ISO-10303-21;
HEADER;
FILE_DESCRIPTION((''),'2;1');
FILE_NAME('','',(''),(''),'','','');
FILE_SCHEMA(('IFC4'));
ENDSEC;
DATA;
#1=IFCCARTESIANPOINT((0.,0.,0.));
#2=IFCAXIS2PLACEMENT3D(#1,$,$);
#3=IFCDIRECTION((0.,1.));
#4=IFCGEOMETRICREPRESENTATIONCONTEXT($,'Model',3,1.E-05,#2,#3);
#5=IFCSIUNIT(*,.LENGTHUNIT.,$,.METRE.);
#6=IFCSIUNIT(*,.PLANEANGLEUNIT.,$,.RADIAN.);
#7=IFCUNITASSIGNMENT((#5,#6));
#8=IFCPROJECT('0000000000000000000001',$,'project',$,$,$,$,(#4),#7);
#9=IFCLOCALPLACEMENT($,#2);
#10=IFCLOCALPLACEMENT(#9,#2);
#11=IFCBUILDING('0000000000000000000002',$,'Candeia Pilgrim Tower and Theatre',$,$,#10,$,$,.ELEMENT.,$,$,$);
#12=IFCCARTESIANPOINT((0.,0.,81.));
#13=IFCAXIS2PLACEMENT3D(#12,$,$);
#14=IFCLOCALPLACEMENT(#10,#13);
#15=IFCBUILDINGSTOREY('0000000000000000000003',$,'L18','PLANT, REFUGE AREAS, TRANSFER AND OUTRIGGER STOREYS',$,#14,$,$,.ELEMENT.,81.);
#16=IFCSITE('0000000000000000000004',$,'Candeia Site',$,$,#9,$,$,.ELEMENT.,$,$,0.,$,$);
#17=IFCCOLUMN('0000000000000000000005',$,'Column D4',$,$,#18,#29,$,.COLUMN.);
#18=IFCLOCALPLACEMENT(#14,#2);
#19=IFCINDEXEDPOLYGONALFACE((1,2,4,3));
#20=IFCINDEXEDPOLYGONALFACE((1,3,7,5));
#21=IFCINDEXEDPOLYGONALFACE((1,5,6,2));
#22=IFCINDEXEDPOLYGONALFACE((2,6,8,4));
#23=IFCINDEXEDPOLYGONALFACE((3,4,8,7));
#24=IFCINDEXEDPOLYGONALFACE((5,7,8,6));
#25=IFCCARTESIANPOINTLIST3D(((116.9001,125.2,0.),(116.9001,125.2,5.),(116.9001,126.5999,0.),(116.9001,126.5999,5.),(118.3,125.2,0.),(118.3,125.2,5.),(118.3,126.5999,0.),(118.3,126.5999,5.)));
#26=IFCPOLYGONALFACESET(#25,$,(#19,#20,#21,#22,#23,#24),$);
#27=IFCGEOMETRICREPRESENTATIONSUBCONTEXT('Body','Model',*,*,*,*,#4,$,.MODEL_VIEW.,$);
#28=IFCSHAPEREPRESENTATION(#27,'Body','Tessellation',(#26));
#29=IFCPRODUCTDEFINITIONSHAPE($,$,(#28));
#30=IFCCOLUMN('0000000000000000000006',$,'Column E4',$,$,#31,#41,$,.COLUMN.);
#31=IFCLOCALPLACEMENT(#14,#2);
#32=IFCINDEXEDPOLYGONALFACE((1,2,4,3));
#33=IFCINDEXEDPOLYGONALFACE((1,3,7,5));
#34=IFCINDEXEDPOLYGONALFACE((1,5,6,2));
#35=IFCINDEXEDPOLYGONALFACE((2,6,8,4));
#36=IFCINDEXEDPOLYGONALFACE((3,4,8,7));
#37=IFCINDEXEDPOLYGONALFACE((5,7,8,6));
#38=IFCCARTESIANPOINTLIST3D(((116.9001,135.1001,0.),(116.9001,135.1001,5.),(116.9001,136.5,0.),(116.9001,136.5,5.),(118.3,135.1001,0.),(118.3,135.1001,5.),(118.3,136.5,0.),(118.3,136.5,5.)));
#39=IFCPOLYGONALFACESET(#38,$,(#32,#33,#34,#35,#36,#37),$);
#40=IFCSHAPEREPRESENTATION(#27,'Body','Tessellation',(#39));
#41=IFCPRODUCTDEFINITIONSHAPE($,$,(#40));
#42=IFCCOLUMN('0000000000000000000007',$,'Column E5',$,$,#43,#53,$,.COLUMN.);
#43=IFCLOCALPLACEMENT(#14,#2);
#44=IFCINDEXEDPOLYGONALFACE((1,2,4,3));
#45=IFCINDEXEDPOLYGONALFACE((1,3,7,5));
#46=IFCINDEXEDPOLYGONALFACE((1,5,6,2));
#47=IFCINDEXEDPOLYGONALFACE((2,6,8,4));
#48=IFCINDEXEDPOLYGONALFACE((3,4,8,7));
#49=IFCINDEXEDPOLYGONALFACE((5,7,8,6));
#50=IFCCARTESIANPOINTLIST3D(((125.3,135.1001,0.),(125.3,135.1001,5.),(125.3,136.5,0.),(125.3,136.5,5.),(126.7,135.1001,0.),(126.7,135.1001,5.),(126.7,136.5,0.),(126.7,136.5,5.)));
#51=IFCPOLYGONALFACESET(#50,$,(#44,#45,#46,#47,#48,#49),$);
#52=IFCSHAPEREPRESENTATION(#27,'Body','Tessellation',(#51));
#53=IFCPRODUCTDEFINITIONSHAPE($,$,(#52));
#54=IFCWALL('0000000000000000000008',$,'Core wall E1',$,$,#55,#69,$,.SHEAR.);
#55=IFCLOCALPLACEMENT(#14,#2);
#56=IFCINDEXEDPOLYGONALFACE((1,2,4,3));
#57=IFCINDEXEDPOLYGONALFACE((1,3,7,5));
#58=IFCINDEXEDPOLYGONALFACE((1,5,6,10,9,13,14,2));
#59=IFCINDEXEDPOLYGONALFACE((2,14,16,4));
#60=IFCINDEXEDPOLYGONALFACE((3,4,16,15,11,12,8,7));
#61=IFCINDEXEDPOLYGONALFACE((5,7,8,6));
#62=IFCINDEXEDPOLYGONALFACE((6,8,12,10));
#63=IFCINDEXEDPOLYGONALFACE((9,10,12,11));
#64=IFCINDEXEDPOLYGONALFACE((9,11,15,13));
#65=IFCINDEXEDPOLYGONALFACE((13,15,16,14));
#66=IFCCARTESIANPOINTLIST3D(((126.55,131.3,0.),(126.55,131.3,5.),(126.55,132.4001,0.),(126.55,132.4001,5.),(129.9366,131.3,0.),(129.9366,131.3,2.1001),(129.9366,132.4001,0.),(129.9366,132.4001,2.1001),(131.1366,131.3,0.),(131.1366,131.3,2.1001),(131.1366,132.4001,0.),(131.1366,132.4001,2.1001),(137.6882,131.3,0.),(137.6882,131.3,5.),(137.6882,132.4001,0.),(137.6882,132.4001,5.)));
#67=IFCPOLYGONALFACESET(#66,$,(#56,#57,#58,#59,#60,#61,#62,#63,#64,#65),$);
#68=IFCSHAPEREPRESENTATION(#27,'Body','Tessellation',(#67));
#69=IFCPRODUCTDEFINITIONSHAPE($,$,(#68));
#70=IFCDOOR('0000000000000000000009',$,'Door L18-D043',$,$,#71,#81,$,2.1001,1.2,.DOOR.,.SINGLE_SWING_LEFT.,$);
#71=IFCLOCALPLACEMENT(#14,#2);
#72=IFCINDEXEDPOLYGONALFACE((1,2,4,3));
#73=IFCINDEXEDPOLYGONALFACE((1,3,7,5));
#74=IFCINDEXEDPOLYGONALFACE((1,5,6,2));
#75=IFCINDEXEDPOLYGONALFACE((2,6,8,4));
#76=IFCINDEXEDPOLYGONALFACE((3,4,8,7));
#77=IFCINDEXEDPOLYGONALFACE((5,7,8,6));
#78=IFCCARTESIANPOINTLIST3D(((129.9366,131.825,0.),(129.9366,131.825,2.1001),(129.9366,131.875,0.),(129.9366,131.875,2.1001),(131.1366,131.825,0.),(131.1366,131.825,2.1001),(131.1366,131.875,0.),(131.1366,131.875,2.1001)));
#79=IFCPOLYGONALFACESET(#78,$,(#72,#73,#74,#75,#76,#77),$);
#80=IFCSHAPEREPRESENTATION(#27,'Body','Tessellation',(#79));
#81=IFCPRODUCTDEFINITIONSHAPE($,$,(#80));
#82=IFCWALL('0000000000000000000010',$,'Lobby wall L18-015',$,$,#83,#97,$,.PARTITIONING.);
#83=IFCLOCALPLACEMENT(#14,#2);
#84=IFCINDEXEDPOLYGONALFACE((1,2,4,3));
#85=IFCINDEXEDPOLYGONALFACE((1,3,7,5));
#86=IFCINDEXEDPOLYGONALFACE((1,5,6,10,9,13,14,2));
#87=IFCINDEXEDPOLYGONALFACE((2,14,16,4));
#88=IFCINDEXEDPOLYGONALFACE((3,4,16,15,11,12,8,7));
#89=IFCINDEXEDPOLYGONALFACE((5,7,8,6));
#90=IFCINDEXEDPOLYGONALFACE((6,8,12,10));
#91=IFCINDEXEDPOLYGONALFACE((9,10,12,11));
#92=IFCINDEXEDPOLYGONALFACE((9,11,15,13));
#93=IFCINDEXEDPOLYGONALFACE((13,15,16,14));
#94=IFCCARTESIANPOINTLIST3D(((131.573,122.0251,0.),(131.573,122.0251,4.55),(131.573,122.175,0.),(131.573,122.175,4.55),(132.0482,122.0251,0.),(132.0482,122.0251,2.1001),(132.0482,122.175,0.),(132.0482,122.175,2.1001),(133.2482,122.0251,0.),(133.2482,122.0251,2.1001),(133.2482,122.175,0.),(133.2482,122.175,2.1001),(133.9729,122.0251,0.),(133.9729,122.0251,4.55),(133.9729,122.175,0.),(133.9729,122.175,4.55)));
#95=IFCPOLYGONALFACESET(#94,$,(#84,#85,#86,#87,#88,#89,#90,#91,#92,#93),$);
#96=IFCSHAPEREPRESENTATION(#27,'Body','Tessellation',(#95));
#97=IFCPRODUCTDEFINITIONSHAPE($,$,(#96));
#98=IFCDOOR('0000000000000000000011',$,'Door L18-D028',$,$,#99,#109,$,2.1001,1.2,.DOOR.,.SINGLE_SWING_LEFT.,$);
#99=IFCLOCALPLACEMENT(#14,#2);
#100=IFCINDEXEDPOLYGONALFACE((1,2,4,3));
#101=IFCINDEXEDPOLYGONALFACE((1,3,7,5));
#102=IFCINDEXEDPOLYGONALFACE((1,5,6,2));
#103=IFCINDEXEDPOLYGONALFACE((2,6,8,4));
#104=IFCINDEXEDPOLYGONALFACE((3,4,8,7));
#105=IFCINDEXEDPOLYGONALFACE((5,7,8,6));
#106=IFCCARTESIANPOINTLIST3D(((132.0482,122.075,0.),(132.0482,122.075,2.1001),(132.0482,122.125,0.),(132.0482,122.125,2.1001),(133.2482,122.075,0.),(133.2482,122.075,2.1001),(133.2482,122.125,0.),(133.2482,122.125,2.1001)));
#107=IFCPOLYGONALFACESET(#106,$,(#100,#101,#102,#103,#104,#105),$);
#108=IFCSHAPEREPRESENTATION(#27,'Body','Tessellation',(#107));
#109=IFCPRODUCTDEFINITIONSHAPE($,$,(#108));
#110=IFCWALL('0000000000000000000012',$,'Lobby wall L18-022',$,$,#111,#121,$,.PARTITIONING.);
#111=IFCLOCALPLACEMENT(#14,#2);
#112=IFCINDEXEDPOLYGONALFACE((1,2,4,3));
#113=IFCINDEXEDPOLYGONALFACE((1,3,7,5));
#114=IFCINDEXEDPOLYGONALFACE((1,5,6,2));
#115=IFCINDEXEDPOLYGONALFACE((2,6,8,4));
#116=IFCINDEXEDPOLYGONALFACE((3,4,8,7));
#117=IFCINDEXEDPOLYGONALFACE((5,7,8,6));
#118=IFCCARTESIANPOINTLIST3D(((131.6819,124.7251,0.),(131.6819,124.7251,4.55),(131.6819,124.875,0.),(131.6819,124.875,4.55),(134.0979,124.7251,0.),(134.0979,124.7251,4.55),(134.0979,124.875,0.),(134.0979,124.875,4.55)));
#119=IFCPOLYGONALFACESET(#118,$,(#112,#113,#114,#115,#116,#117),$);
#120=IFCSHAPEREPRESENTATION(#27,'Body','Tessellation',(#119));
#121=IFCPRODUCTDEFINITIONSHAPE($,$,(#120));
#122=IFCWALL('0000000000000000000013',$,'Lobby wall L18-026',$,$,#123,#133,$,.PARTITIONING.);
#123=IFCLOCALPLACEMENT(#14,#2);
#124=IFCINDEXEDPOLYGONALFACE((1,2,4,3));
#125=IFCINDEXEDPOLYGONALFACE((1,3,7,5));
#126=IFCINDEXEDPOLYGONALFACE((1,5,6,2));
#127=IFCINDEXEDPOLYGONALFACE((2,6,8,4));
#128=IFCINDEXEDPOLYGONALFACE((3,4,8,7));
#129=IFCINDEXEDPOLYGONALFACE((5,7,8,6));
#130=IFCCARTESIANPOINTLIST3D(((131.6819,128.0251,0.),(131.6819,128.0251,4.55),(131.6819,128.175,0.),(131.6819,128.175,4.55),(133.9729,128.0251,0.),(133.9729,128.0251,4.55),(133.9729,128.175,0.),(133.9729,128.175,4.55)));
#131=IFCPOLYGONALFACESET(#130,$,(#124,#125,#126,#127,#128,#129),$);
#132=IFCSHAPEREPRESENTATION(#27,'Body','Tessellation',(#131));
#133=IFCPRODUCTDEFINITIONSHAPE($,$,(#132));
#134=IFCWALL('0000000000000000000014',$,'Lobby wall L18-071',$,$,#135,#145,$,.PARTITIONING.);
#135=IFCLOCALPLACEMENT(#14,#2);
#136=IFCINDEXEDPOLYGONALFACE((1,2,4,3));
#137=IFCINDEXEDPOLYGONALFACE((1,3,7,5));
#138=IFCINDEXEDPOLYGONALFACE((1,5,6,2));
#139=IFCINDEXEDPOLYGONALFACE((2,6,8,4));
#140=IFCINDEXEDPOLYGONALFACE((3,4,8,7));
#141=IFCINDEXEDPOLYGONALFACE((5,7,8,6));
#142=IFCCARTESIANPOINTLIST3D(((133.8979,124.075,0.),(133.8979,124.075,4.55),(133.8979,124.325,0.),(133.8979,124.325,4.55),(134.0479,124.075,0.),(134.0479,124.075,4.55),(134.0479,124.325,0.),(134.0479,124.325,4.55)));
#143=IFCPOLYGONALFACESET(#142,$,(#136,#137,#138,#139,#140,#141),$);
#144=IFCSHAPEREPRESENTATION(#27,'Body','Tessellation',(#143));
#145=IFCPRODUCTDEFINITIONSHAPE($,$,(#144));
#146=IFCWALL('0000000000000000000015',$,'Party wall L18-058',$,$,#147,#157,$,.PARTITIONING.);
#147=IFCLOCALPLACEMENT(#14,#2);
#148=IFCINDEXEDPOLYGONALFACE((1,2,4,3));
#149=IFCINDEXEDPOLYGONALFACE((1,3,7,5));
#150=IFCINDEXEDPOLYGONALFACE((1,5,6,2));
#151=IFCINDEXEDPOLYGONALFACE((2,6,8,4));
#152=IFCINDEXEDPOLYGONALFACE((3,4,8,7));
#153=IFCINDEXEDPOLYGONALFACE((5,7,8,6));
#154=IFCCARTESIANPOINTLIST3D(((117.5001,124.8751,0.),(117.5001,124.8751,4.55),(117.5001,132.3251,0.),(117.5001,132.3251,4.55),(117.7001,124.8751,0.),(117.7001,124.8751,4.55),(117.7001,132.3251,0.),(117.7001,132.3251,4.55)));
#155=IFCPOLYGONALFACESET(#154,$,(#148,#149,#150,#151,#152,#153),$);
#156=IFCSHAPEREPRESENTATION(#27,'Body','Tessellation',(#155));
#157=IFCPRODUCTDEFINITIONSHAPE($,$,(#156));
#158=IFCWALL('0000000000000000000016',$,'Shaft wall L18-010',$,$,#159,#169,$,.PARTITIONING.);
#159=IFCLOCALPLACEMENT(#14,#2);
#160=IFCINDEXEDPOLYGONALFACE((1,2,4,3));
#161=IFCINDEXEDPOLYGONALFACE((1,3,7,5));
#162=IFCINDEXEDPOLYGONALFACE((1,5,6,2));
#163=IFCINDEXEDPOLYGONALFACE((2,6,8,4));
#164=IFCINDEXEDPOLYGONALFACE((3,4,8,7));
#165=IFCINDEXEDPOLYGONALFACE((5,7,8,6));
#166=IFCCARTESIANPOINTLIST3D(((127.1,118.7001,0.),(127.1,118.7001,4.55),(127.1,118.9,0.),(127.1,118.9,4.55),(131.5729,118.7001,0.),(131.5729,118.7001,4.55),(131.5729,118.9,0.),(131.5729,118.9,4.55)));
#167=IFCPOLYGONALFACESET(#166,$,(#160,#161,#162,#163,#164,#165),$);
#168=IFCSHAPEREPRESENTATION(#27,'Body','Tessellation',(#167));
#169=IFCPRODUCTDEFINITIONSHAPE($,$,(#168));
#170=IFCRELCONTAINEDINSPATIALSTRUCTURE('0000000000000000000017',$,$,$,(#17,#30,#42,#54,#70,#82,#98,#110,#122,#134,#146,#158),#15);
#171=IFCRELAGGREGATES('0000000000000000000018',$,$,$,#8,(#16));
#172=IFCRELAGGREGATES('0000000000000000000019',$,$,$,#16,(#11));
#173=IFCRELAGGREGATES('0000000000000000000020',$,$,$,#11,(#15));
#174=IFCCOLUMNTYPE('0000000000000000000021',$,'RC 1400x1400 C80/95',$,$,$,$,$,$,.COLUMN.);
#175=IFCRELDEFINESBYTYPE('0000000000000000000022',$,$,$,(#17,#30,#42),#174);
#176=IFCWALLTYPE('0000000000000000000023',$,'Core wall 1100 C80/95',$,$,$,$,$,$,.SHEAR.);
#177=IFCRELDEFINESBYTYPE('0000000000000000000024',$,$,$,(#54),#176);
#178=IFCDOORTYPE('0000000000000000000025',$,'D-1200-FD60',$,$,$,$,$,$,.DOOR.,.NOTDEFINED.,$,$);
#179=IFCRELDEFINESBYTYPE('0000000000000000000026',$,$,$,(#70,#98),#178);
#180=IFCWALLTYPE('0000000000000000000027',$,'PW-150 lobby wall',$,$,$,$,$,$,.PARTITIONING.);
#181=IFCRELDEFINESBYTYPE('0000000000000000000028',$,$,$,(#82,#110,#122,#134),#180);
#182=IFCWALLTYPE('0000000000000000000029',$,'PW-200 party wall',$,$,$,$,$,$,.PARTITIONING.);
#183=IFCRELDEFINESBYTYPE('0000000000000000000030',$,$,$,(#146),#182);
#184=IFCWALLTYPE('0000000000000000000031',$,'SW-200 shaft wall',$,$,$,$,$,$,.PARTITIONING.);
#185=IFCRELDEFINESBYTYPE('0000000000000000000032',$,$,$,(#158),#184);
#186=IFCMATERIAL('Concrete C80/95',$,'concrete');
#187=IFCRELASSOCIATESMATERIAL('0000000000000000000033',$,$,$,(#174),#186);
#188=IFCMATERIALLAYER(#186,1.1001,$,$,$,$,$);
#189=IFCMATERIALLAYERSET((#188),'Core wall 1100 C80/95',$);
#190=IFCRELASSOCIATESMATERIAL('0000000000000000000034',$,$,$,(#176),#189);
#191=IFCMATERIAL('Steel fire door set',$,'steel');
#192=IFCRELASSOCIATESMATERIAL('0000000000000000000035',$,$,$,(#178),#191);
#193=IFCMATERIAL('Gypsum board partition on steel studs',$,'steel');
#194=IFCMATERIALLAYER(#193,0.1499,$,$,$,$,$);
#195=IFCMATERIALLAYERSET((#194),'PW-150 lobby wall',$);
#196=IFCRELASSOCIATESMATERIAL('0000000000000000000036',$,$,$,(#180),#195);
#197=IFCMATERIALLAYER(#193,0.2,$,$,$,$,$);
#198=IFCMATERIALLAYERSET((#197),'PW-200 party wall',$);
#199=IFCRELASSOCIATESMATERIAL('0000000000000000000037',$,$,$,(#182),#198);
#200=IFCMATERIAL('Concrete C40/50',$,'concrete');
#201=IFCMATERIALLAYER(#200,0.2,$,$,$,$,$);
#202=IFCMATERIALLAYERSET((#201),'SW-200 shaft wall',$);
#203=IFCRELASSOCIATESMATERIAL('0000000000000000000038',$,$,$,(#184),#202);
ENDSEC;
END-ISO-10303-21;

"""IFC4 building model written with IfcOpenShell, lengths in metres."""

from ifc_helpers import new_model, si_unit, direction, frame, frame_2d, origin, origin_2d, place, context, subcontext, project, spatial, rectangle, extrude, material, layer, layer_set, material_profile, profile_set, type_object, element, fill, save


model = new_model("IFC4")

# Units and contexts
model_context = context("Model", 3, precision=1e-05, world=origin(), true_north=direction((0.0, 1.0)))
body_context = subcontext(model_context, "Body", "Model", "MODEL_VIEW")
ifc_project = project(units=[si_unit("LENGTHUNIT", "METRE"), si_unit("PLANEANGLEUNIT", "RADIAN")], contexts=[model_context])

# Site, building, storey
site_placement = place(None, origin())
site = spatial("IfcSite", under=ifc_project, at=site_placement, Name="Candeia Site", CompositionType="ELEMENT", RefElevation=0.0)
building_placement = place(site_placement, origin())
building = spatial("IfcBuilding", under=site, at=building_placement, Name="Candeia Pilgrim Tower and Theatre", CompositionType="ELEMENT")
storey_placement = place(building_placement, frame((0.0, 0.0, 81.0)))
storey = spatial("IfcBuildingStorey", under=building, at=storey_placement, Name="L18", Description="PLANT, REFUGE AREAS, TRANSFER AND OUTRIGGER STOREYS", CompositionType="ELEMENT", Elevation=81.0)

# Columns
ifc_material_1 = material(Name="Concrete C80/95", Category="concrete")
ifc_material_profile = material_profile(ifc_material_1, rectangle(XDim=1.3999, YDim=1.3999, at=origin_2d()))
ifc_profile_set = profile_set([ifc_material_profile], Name="Concrete C80/95")
column_type = type_object("IfcColumnType", Name="RC 1400x1400 C80/95", PredefinedType="COLUMN", material=ifc_profile_set)
for number, where, z_axis, x_axis, name in (
    (1, (117.6001, 125.8999, 0.0), (0.0, 0.0, 1.0), (1.0, 0.0, 0.0), "Column D4"),
    (2, (117.6001, 135.8, 0.0), (0.0, 0.0, 1.0), (1.0, 0.0, 0.0), "Column E4"),
    (3, (126.0, 135.8, 0.0), (0.0, 0.0, 1.0), (1.0, 0.0, 0.0), "Column E5"),
):
    element("IfcColumn", number, at=place(storey_placement, frame(where, z_axis=z_axis, x_axis=x_axis)), inside=storey, type_object=column_type, Name=name, PredefinedType="COLUMN", context=body_context, shape_type="SweptSolid", body=[
        extrude(rectangle(XDim=1.3999, YDim=1.3999, at=origin_2d()), origin(), (0.0, 0.0, 1.0), 5.0),
    ])

# Walls, openings, doors
ifc_layer_1 = layer(ifc_material_1, 1.1001)
ifc_layer_set_1 = layer_set([ifc_layer_1], Name="Core wall 1100 C80/95")
wall_type_1 = type_object("IfcWallType", Name="Core wall 1100 C80/95", PredefinedType="SHEAR", material=ifc_layer_set_1)
wall_1_placement = place(storey_placement, frame((126.55, 131.8501, 0.0), z_axis=(0.0, 0.0, 1.0), x_axis=(1.0, 0.0, 0.0)))
wall_1 = element("IfcWall", 4, at=wall_1_placement, inside=storey, type_object=wall_type_1, Name="Core wall E1", PredefinedType="SHEAR", context=body_context, shape_type="SweptSolid", body=[
    extrude(rectangle(XDim=11.1382, YDim=1.1001, at=frame_2d((5.5691, 0.0))), origin(), (0.0, 0.0, 1.0), 5.0),
])
opening_1_placement = place(wall_1_placement, frame((3.3865, 0.0, 0.0)))
opening_1 = element("IfcOpeningElement", 5, at=opening_1_placement, cuts=wall_1, PredefinedType="OPENING", context=body_context, shape_type="SweptSolid", body=[
    extrude(rectangle(XDim=1.2, YDim=2.1001, at=frame_2d((0.6001, 1.05))), frame((0.0, 0.5601, 0.0), z_axis=(0.0, -1.0, 0.0), x_axis=(1.0, 0.0, 0.0)), (0.0, 0.0, 1.0), 1.1201),
])
ifc_material_2 = material(Name="Steel fire door set", Category="steel")
door_type_1 = type_object("IfcDoorType", Name="D-1200-FD60", OperationType="NOTDEFINED", PredefinedType="DOOR", material=ifc_material_2)
door_1_placement = place(opening_1_placement, origin())
door_1 = element("IfcDoor", 6, at=door_1_placement, inside=storey, type_object=door_type_1, Name="Door L18-D043", OperationType="SINGLE_SWING_LEFT", OverallHeight=2.1001, OverallWidth=1.2, PredefinedType="DOOR", context=body_context, shape_type="SweptSolid", body=[
    extrude(rectangle(XDim=1.2, YDim=2.1001, at=frame_2d((0.6001, 1.05))), frame((0.0, 0.0249, 0.0), z_axis=(0.0, -1.0, 0.0), x_axis=(1.0, 0.0, 0.0)), (0.0, 0.0, 1.0), 0.05),
])
fill(opening_1, door_1)
ifc_material_3 = material(Name="Gypsum board partition on steel studs", Category="steel")
ifc_layer_2 = layer(ifc_material_3, 0.1499)
ifc_layer_set_2 = layer_set([ifc_layer_2], Name="PW-150 lobby wall")
wall_type_2 = type_object("IfcWallType", Name="PW-150 lobby wall", PredefinedType="PARTITIONING", material=ifc_layer_set_2)
wall_2_placement = place(storey_placement, frame((131.573, 122.1001, 0.0), z_axis=(0.0, 0.0, 1.0), x_axis=(1.0, 0.0, 0.0)))
wall_2 = element("IfcWall", 7, at=wall_2_placement, inside=storey, type_object=wall_type_2, Name="Lobby wall L18-015", PredefinedType="PARTITIONING", context=body_context, shape_type="SweptSolid", body=[
    extrude(rectangle(XDim=2.3999, YDim=0.1499, at=frame_2d((1.2, 0.0))), origin(), (0.0, 0.0, 1.0), 4.55),
])
opening_2_placement = place(wall_2_placement, frame((0.4751, 0.0, 0.0)))
opening_2 = element("IfcOpeningElement", 8, at=opening_2_placement, cuts=wall_2, PredefinedType="OPENING", context=body_context, shape_type="SweptSolid", body=[
    extrude(rectangle(XDim=1.2, YDim=2.1001, at=frame_2d((0.6001, 1.05))), frame((0.0, 0.085, 0.0), z_axis=(0.0, -1.0, 0.0), x_axis=(1.0, 0.0, 0.0)), (0.0, 0.0, 1.0), 0.1699),
])
door_2_placement = place(opening_2_placement, origin())
door_2 = element("IfcDoor", 9, at=door_2_placement, inside=storey, type_object=door_type_1, Name="Door L18-D028", OperationType="SINGLE_SWING_LEFT", OverallHeight=2.1001, OverallWidth=1.2, PredefinedType="DOOR", context=body_context, shape_type="SweptSolid", body=[
    extrude(rectangle(XDim=1.2, YDim=2.1001, at=frame_2d((0.6001, 1.05))), frame((0.0, 0.0249, 0.0), z_axis=(0.0, -1.0, 0.0), x_axis=(1.0, 0.0, 0.0)), (0.0, 0.0, 1.0), 0.05),
])
fill(opening_2, door_2)

# Walls
wall_3_placement = place(storey_placement, frame((131.6819, 124.8, 0.0), z_axis=(0.0, 0.0, 1.0), x_axis=(1.0, 0.0, 0.0)))
element("IfcWall", 10, at=wall_3_placement, inside=storey, type_object=wall_type_2, Name="Lobby wall L18-022", PredefinedType="PARTITIONING", context=body_context, shape_type="SweptSolid", body=[
    extrude(rectangle(XDim=2.416, YDim=0.1499, at=frame_2d((1.208, 0.0))), origin(), (0.0, 0.0, 1.0), 4.55),
])
wall_4_placement = place(storey_placement, frame((131.6819, 128.1001, 0.0), z_axis=(0.0, 0.0, 1.0), x_axis=(1.0, 0.0, 0.0)))
element("IfcWall", 11, at=wall_4_placement, inside=storey, type_object=wall_type_2, Name="Lobby wall L18-026", PredefinedType="PARTITIONING", context=body_context, shape_type="SweptSolid", body=[
    extrude(rectangle(XDim=2.291, YDim=0.1499, at=frame_2d((1.1455, 0.0))), origin(), (0.0, 0.0, 1.0), 4.55),
])
wall_5_placement = place(storey_placement, frame((133.9729, 124.075, 0.0), z_axis=(0.0, 0.0, 1.0), x_axis=(0.0, 1.0, 0.0)))
element("IfcWall", 12, at=wall_5_placement, inside=storey, type_object=wall_type_2, Name="Lobby wall L18-071", PredefinedType="PARTITIONING", context=body_context, shape_type="SweptSolid", body=[
    extrude(rectangle(XDim=0.25, YDim=0.1499, at=frame_2d((0.125, 0.0))), origin(), (0.0, 0.0, 1.0), 4.55),
])
ifc_layer_3 = layer(ifc_material_3, 0.2)
ifc_layer_set_3 = layer_set([ifc_layer_3], Name="PW-200 party wall")
wall_type_3 = type_object("IfcWallType", Name="PW-200 party wall", PredefinedType="PARTITIONING", material=ifc_layer_set_3)
wall_6_placement = place(storey_placement, frame((117.6001, 124.875, 0.0), z_axis=(0.0, 0.0, 1.0), x_axis=(0.0, 1.0, 0.0)))
element("IfcWall", 13, at=wall_6_placement, inside=storey, type_object=wall_type_3, Name="Party wall L18-058", PredefinedType="PARTITIONING", context=body_context, shape_type="SweptSolid", body=[
    extrude(rectangle(XDim=7.45, YDim=0.2, at=frame_2d((3.7251, 0.0))), origin(), (0.0, 0.0, 1.0), 4.55),
])
ifc_material_4 = material(Name="Concrete C40/50", Category="concrete")
ifc_layer_4 = layer(ifc_material_4, 0.2)
ifc_layer_set_4 = layer_set([ifc_layer_4], Name="SW-200 shaft wall")
wall_type_4 = type_object("IfcWallType", Name="SW-200 shaft wall", PredefinedType="PARTITIONING", material=ifc_layer_set_4)
wall_7_placement = place(storey_placement, frame((127.1001, 118.8, 0.0), z_axis=(0.0, 0.0, 1.0), x_axis=(1.0, 0.0, 0.0)))
element("IfcWall", 14, at=wall_7_placement, inside=storey, type_object=wall_type_4, Name="Shaft wall L18-010", PredefinedType="PARTITIONING", context=body_context, shape_type="SweptSolid", body=[
    extrude(rectangle(XDim=4.4729, YDim=0.2, at=frame_2d((2.2363, 0.0))), origin(), (0.0, 0.0, 1.0), 4.55),
])

save(model, "model.ifc")
